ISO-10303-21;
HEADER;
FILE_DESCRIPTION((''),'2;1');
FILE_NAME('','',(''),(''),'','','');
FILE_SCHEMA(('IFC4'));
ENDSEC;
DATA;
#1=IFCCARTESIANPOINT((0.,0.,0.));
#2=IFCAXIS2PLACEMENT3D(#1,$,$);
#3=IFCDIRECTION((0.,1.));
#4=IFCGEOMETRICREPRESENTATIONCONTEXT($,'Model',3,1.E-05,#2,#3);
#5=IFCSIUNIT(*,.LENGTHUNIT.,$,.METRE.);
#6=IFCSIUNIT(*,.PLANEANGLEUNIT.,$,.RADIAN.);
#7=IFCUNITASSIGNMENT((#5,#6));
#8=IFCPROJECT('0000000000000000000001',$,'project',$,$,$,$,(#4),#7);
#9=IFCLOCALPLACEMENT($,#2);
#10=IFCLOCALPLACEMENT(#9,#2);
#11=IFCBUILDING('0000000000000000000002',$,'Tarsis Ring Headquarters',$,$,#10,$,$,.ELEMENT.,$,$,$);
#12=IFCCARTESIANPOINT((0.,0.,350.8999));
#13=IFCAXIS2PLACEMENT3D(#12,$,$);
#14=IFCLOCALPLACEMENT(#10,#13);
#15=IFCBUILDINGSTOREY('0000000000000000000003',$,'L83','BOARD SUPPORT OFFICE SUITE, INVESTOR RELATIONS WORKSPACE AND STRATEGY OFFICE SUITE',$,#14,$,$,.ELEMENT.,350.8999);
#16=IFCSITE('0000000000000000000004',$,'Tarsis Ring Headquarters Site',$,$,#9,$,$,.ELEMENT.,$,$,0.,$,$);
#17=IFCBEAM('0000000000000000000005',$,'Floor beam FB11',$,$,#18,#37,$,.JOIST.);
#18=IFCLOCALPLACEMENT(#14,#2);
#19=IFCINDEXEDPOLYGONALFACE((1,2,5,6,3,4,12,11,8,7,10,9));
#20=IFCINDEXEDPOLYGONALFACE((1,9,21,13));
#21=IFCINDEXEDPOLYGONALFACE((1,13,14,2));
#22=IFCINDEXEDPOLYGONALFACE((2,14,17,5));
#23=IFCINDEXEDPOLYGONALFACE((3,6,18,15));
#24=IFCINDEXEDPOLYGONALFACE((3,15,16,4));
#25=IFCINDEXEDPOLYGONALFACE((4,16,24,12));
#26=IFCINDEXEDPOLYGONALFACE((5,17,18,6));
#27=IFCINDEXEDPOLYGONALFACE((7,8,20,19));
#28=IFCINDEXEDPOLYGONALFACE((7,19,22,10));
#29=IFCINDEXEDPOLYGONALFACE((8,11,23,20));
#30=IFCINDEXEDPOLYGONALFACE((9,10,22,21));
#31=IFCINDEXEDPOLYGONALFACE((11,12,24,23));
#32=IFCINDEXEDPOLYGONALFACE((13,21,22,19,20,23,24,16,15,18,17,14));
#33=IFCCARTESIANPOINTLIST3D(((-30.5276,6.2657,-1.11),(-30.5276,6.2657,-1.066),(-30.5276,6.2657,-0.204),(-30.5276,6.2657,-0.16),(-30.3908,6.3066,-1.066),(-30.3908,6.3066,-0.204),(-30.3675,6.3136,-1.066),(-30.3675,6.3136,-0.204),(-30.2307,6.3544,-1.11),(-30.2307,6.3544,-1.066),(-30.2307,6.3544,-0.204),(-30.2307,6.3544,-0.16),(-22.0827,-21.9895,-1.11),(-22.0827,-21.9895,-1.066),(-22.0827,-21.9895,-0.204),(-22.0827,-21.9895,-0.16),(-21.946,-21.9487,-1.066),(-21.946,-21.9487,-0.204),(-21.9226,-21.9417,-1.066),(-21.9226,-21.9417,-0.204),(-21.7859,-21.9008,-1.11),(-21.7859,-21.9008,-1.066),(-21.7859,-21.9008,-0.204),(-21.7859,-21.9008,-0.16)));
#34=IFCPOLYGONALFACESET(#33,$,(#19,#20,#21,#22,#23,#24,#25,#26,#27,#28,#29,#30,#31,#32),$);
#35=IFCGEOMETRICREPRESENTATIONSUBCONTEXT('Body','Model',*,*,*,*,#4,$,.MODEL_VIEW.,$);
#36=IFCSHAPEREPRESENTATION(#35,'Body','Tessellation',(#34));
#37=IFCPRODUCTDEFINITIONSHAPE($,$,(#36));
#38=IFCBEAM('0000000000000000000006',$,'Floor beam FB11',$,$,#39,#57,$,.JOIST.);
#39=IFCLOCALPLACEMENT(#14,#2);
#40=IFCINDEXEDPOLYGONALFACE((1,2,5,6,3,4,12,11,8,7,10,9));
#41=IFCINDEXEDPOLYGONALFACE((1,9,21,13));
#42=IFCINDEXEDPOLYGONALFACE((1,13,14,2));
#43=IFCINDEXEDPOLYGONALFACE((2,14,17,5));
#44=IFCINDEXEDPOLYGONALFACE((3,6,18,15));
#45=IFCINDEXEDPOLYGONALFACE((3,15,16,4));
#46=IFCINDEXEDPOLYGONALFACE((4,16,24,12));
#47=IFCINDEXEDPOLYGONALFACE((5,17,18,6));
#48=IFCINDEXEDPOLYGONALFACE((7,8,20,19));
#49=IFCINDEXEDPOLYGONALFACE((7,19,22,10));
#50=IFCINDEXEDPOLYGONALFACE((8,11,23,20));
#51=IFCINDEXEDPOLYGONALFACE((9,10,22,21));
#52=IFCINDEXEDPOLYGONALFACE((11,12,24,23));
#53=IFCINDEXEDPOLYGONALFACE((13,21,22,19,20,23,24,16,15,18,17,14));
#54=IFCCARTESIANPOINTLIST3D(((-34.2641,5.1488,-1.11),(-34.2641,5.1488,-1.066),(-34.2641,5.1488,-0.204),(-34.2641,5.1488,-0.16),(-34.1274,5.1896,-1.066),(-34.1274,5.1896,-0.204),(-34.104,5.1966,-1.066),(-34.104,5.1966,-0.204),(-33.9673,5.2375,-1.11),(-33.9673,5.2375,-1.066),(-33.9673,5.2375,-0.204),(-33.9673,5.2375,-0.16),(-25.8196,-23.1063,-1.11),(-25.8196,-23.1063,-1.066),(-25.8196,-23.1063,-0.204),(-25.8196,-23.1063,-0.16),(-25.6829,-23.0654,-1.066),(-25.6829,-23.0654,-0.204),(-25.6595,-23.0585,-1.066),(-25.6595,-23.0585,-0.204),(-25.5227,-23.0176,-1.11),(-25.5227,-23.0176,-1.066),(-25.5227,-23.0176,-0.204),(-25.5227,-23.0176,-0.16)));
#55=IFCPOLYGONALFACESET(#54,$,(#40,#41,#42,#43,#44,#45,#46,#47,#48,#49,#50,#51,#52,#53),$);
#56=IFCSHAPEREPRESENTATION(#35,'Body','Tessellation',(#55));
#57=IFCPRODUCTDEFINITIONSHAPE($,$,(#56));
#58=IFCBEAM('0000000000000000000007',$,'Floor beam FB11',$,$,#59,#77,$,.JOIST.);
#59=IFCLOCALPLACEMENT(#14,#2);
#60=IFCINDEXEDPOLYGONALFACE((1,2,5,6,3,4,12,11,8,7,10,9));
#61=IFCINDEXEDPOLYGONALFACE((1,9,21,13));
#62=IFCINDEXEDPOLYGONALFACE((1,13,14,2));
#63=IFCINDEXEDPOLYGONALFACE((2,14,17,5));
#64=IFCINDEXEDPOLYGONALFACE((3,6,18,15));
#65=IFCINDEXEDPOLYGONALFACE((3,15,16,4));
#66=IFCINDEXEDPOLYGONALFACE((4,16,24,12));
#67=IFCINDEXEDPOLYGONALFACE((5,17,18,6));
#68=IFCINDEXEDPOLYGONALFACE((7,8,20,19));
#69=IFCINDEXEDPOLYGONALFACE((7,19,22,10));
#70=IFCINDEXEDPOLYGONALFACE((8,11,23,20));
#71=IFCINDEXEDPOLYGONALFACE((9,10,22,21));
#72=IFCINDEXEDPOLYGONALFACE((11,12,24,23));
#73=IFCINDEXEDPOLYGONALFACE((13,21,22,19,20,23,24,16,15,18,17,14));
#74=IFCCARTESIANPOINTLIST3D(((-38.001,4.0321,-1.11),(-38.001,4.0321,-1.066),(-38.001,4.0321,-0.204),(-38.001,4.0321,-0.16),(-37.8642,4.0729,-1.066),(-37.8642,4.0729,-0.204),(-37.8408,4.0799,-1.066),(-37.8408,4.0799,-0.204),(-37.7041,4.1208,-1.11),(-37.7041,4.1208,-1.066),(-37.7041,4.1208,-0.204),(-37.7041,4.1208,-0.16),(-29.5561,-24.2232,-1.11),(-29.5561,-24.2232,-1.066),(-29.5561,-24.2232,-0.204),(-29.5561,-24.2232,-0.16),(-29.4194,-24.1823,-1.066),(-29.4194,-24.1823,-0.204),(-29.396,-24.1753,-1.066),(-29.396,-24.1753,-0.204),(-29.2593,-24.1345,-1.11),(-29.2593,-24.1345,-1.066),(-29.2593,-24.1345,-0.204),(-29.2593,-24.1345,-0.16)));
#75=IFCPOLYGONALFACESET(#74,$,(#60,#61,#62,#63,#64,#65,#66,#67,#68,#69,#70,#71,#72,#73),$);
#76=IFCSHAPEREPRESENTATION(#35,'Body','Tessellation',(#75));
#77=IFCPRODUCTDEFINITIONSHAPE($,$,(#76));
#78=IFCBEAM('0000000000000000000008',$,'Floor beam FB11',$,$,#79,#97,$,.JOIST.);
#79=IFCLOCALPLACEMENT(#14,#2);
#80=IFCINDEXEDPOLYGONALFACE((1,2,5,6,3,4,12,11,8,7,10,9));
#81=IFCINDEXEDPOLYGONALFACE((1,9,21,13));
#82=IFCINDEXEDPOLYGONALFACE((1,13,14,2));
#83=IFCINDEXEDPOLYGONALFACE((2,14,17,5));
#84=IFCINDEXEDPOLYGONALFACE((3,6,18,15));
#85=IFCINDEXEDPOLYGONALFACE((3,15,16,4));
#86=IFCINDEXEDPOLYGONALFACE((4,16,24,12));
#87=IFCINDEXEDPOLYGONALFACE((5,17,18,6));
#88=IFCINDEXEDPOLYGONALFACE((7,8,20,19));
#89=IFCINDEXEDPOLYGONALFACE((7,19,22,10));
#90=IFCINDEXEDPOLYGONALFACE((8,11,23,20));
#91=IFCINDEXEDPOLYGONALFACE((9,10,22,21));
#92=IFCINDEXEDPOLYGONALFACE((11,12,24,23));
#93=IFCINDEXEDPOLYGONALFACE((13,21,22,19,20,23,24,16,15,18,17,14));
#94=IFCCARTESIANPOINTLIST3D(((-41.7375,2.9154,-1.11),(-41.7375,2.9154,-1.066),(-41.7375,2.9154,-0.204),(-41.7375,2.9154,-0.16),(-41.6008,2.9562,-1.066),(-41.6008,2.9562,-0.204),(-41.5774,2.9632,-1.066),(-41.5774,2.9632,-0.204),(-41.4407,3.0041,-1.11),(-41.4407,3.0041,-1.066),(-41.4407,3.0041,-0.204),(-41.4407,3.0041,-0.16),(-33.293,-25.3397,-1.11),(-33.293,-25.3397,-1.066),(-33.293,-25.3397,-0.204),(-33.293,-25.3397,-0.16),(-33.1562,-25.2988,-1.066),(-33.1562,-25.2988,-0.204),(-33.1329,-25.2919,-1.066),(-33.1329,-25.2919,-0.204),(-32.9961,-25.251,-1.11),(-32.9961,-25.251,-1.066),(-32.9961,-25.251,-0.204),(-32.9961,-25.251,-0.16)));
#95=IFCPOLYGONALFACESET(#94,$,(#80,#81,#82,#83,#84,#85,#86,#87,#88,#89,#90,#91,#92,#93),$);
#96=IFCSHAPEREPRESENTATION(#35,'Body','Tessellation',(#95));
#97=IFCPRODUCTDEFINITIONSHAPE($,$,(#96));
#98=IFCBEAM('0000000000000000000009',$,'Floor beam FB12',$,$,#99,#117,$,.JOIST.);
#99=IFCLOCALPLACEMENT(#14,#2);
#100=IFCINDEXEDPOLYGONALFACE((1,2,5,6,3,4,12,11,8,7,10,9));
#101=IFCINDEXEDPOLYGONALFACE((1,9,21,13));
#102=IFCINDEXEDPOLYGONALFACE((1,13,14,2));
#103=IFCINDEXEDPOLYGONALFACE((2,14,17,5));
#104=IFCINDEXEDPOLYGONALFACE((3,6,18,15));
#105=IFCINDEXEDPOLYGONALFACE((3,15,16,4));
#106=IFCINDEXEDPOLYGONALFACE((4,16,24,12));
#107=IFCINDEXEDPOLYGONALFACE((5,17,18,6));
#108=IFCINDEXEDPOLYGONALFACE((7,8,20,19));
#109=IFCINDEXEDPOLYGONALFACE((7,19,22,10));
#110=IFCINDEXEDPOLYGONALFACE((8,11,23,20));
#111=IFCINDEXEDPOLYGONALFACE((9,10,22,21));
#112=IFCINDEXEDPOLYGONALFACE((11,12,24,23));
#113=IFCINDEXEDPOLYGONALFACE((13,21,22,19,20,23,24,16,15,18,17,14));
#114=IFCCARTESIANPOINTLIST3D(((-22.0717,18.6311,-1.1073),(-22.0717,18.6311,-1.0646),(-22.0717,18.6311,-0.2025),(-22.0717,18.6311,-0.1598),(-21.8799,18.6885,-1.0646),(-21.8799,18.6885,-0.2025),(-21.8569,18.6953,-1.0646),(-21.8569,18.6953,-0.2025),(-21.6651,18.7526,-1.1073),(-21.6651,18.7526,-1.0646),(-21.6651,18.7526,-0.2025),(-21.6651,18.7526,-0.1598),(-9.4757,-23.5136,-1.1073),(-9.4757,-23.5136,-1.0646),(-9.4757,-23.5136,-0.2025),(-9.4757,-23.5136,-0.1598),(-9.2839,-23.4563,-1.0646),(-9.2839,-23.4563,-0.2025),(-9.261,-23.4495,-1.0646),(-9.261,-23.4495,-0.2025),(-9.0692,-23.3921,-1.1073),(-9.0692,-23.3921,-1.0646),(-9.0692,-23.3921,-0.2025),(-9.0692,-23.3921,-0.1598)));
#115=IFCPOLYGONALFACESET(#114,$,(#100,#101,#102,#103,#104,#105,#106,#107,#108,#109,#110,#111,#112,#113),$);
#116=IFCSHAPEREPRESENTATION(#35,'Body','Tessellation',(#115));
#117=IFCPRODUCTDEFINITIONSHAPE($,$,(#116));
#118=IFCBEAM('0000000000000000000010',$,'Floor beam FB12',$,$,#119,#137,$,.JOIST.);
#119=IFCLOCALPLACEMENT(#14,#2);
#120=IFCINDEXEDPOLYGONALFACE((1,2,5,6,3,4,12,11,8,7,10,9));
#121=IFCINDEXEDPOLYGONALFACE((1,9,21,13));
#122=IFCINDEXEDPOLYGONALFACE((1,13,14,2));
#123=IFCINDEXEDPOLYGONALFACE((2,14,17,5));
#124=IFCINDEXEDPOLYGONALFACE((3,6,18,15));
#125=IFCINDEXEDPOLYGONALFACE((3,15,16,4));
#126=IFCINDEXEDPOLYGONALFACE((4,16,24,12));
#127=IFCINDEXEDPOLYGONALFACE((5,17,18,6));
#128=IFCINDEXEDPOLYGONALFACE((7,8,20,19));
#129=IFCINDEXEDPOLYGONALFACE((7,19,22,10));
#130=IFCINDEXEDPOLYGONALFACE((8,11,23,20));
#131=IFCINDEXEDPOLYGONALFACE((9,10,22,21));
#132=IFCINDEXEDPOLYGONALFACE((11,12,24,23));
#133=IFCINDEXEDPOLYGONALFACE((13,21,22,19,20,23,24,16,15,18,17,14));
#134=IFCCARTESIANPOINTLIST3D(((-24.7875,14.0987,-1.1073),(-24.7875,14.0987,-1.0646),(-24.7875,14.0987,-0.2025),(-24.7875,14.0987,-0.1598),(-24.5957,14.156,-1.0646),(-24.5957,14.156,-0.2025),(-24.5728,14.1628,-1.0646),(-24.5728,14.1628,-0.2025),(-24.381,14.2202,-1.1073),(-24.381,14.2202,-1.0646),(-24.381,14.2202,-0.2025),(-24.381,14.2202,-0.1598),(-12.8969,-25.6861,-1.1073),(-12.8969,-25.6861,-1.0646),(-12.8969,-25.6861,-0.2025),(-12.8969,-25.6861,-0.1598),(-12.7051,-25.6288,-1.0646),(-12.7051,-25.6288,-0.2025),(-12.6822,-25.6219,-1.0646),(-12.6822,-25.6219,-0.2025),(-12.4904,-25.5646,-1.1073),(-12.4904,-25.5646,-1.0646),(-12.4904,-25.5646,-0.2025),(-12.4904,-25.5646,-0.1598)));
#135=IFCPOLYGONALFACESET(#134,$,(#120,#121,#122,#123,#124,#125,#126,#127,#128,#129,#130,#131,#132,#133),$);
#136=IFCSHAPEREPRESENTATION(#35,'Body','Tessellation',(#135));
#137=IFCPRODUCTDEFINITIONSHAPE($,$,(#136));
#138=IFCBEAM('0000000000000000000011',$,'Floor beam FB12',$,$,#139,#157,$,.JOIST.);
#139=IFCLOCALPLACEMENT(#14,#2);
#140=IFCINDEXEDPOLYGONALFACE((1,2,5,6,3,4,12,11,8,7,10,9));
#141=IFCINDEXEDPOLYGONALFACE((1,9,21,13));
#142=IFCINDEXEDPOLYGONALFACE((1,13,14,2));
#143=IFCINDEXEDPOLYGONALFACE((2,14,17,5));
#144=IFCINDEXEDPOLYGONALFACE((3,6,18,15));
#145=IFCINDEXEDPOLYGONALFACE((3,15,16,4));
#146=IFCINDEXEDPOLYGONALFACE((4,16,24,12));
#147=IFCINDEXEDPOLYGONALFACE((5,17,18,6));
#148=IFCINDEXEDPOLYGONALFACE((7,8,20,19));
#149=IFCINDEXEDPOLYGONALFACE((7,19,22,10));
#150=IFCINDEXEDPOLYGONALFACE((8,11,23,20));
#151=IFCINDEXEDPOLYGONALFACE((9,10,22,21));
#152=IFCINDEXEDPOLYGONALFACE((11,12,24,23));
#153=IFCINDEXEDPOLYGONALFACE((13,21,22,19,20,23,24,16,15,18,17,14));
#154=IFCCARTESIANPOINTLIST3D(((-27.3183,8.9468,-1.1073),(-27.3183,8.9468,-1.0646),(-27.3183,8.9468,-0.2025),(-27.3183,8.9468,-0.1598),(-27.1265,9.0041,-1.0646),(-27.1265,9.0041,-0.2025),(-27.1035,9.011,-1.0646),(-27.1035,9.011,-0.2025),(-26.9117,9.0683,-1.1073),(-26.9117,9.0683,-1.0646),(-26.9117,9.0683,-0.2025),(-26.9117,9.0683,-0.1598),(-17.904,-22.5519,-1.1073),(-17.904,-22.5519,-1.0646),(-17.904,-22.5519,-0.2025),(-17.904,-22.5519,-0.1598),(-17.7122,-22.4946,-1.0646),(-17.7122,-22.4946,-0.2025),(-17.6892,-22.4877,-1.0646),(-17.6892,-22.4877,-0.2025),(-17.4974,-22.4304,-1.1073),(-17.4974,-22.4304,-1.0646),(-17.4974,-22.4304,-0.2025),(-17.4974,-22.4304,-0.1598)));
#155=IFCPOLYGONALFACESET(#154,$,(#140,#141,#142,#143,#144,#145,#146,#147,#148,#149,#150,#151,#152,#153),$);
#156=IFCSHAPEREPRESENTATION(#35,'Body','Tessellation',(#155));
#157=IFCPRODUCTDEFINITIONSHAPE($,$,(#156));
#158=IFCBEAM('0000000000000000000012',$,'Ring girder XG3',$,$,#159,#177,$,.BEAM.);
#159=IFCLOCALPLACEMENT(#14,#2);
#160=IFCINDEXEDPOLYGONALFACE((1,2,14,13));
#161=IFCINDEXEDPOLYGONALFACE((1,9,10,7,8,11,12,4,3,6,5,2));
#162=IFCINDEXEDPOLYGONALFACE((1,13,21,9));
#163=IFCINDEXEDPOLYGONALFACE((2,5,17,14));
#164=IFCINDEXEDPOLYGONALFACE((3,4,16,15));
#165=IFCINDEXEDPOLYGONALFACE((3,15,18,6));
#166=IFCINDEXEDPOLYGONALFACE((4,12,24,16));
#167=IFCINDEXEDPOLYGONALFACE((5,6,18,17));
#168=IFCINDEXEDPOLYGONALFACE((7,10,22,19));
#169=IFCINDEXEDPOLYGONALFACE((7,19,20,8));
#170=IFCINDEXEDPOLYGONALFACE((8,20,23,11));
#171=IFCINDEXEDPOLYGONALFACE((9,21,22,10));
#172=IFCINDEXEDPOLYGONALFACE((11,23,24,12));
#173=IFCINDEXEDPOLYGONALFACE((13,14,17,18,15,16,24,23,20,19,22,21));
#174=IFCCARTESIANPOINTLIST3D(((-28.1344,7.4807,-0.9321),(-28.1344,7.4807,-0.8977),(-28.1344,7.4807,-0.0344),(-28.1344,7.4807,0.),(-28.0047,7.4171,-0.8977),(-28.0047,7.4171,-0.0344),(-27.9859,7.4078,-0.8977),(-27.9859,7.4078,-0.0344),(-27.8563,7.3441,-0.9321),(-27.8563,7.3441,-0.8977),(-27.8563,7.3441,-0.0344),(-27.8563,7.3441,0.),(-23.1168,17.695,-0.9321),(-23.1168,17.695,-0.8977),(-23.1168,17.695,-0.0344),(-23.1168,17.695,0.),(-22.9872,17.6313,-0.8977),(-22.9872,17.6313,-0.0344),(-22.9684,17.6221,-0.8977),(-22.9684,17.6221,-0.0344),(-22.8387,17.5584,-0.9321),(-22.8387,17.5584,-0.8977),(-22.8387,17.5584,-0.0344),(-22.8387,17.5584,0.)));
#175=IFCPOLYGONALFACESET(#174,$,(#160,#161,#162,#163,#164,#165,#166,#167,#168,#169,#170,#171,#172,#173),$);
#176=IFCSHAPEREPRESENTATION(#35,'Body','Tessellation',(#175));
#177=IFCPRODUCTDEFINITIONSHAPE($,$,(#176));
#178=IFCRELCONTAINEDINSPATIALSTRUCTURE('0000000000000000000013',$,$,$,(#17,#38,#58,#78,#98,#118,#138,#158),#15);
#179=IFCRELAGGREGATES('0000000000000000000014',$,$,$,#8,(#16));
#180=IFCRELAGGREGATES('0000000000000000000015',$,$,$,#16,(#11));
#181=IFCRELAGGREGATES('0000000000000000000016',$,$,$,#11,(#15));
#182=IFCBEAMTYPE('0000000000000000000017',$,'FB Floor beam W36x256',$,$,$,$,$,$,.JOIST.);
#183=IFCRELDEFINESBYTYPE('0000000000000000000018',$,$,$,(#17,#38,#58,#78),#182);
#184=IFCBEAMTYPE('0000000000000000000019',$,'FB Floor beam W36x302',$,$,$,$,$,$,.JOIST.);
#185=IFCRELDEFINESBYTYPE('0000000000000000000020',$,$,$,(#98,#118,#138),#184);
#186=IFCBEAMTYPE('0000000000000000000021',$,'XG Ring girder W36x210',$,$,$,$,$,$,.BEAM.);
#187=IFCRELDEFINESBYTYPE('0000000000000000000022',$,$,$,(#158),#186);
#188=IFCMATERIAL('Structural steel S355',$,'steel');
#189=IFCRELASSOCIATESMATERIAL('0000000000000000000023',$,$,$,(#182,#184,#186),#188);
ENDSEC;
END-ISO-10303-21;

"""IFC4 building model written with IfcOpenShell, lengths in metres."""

from ifc_helpers import new_model, si_unit, direction, frame, origin, origin_2d, place, context, subcontext, project, spatial, i_section, extrude, material, material_profile, profile_set, type_object, element, save


model = new_model("IFC4")

# Units and contexts
model_context = context("Model", 3, precision=1e-05, world=origin(), true_north=direction((0.0, 1.0)))
body_context = subcontext(model_context, "Body", "Model", "MODEL_VIEW")
ifc_project = project(units=[si_unit("LENGTHUNIT", "METRE"), si_unit("PLANEANGLEUNIT", "RADIAN")], contexts=[model_context])

# Site, building, storey
site_placement = place(None, origin())
site = spatial("IfcSite", under=ifc_project, at=site_placement, Name="Tarsis Ring Headquarters Site", CompositionType="ELEMENT", RefElevation=0.0)
building_placement = place(site_placement, origin())
building = spatial("IfcBuilding", under=site, at=building_placement, Name="Tarsis Ring Headquarters", CompositionType="ELEMENT")
storey_placement = place(building_placement, frame((0.0, 0.0, 350.8999)))
storey = spatial("IfcBuildingStorey", under=building, at=storey_placement, Name="L83", Description="BOARD SUPPORT OFFICE SUITE, INVESTOR RELATIONS WORKSPACE AND STRATEGY OFFICE SUITE", CompositionType="ELEMENT", Elevation=350.8999)

# Shared definitions
ifc_material_1 = material(Name="Structural steel S355", Category="steel")

# Beams
ifc_material_profile_1 = material_profile(ifc_material_1, i_section(OverallWidth=0.3098, OverallDepth=0.95, WebThickness=0.0244, FlangeThickness=0.0439, at=origin_2d()), Name="W36x256")
ifc_profile_set_1 = profile_set([ifc_material_profile_1], Name="Structural steel S355")
beam_type_1 = type_object("IfcBeamType", Name="FB Floor beam W36x256", PredefinedType="JOIST", material=ifc_profile_set_1)
beam_1_placement = place(storey_placement, frame((-30.3792, 6.3101, -0.635), z_axis=(0.286361, -0.958122, 0.0), x_axis=(0.958122, 0.286361, 0.0)))
element("IfcBeam", 1, at=beam_1_placement, inside=storey, type_object=beam_type_1, Name="Floor beam FB11", PredefinedType="JOIST", context=body_context, shape_type="SweptSolid", body=[
    extrude(i_section(OverallWidth=0.3098, OverallDepth=0.95, WebThickness=0.0244, FlangeThickness=0.0439, at=origin_2d()), origin(), (0.0, 0.0, 1.0), 29.4902),
])
beam_2_placement = place(storey_placement, frame((-34.1157, 5.1931, -0.635), z_axis=(0.286354, -0.958124, 0.0), x_axis=(0.958124, 0.286354, 0.0)))
element("IfcBeam", 2, at=beam_2_placement, inside=storey, type_object=beam_type_1, Name="Floor beam FB11", PredefinedType="JOIST", context=body_context, shape_type="SweptSolid", body=[
    extrude(i_section(OverallWidth=0.3098, OverallDepth=0.95, WebThickness=0.0244, FlangeThickness=0.0439, at=origin_2d()), origin(), (0.0, 0.0, 1.0), 29.49),
])
beam_3_placement = place(storey_placement, frame((-37.8525, 4.0764, -0.635), z_axis=(0.286361, -0.958122, 0.0), x_axis=(0.958122, 0.286361, 0.0)))
element("IfcBeam", 3, at=beam_3_placement, inside=storey, type_object=beam_type_1, Name="Floor beam FB11", PredefinedType="JOIST", context=body_context, shape_type="SweptSolid", body=[
    extrude(i_section(OverallWidth=0.3098, OverallDepth=0.95, WebThickness=0.0244, FlangeThickness=0.0439, at=origin_2d()), origin(), (0.0, 0.0, 1.0), 29.4902),
])
beam_4_placement = place(storey_placement, frame((-41.5891, 2.9597, -0.635), z_axis=(0.286354, -0.958124, 0.0), x_axis=(0.958124, 0.286354, 0.0)))
element("IfcBeam", 4, at=beam_4_placement, inside=storey, type_object=beam_type_1, Name="Floor beam FB11", PredefinedType="JOIST", context=body_context, shape_type="SweptSolid", body=[
    extrude(i_section(OverallWidth=0.3098, OverallDepth=0.95, WebThickness=0.0244, FlangeThickness=0.0439, at=origin_2d()), origin(), (0.0, 0.0, 1.0), 29.49),
])
ifc_material_profile_2 = material_profile(ifc_material_1, i_section(OverallWidth=0.4243, OverallDepth=0.9475, WebThickness=0.0239, FlangeThickness=0.0427, at=origin_2d()), Name="W36x302")
ifc_profile_set_2 = profile_set([ifc_material_profile_2], Name="Structural steel S355")
beam_type_2 = type_object("IfcBeamType", Name="FB Floor beam W36x302", PredefinedType="JOIST", material=ifc_profile_set_2)
beam_5_placement = place(storey_placement, frame((-21.8684, 18.6919, -0.6335), z_axis=(0.286357, -0.958123, 0.0), x_axis=(0.958123, 0.286357, 0.0)))
element("IfcBeam", 5, at=beam_5_placement, inside=storey, type_object=beam_type_2, Name="Floor beam FB12", PredefinedType="JOIST", context=body_context, shape_type="SweptSolid", body=[
    extrude(i_section(OverallWidth=0.4243, OverallDepth=0.9475, WebThickness=0.0239, FlangeThickness=0.0427, at=origin_2d()), origin(), (0.0, 0.0, 1.0), 43.9868),
])
beam_6_placement = place(storey_placement, frame((-24.5842, 14.1594, -0.6335), z_axis=(0.286357, -0.958123, 0.0), x_axis=(0.958123, 0.286357, 0.0)))
element("IfcBeam", 6, at=beam_6_placement, inside=storey, type_object=beam_type_2, Name="Floor beam FB12", PredefinedType="JOIST", context=body_context, shape_type="SweptSolid", body=[
    extrude(i_section(OverallWidth=0.4243, OverallDepth=0.9475, WebThickness=0.0239, FlangeThickness=0.0427, at=origin_2d()), origin(), (0.0, 0.0, 1.0), 41.5237),
])
beam_7_placement = place(storey_placement, frame((-27.115, 9.0076, -0.6335), z_axis=(0.286362, -0.958122, 0.0), x_axis=(0.958122, 0.286362, 0.0)))
element("IfcBeam", 7, at=beam_7_placement, inside=storey, type_object=beam_type_2, Name="Floor beam FB12", PredefinedType="JOIST", context=body_context, shape_type="SweptSolid", body=[
    extrude(i_section(OverallWidth=0.4243, OverallDepth=0.9475, WebThickness=0.0239, FlangeThickness=0.0427, at=origin_2d()), origin(), (0.0, 0.0, 1.0), 32.8755),
])
ifc_material_profile_3 = material_profile(ifc_material_1, i_section(OverallWidth=0.3098, OverallDepth=0.9321, WebThickness=0.021, FlangeThickness=0.0344, at=origin_2d()), Name="W36x210")
ifc_profile_set_3 = profile_set([ifc_material_profile_3], Name="Structural steel S355")
beam_type_3 = type_object("IfcBeamType", Name="XG Ring girder W36x210", PredefinedType="BEAM", material=ifc_profile_set_3)
beam_8_placement = place(storey_placement, frame((-22.9778, 17.6267, -0.4661), z_axis=(-0.440904, -0.897554, 0.0), x_axis=(0.897554, -0.440904, 0.0)))
element("IfcBeam", 8, at=beam_8_placement, inside=storey, type_object=beam_type_3, Name="Ring girder XG3", PredefinedType="BEAM", context=body_context, shape_type="SweptSolid", body=[
    extrude(i_section(OverallWidth=0.3098, OverallDepth=0.9321, WebThickness=0.021, FlangeThickness=0.0344, at=origin_2d()), origin(), (0.0, 0.0, 1.0), 11.3801),
])

save(model, "model.ifc")
